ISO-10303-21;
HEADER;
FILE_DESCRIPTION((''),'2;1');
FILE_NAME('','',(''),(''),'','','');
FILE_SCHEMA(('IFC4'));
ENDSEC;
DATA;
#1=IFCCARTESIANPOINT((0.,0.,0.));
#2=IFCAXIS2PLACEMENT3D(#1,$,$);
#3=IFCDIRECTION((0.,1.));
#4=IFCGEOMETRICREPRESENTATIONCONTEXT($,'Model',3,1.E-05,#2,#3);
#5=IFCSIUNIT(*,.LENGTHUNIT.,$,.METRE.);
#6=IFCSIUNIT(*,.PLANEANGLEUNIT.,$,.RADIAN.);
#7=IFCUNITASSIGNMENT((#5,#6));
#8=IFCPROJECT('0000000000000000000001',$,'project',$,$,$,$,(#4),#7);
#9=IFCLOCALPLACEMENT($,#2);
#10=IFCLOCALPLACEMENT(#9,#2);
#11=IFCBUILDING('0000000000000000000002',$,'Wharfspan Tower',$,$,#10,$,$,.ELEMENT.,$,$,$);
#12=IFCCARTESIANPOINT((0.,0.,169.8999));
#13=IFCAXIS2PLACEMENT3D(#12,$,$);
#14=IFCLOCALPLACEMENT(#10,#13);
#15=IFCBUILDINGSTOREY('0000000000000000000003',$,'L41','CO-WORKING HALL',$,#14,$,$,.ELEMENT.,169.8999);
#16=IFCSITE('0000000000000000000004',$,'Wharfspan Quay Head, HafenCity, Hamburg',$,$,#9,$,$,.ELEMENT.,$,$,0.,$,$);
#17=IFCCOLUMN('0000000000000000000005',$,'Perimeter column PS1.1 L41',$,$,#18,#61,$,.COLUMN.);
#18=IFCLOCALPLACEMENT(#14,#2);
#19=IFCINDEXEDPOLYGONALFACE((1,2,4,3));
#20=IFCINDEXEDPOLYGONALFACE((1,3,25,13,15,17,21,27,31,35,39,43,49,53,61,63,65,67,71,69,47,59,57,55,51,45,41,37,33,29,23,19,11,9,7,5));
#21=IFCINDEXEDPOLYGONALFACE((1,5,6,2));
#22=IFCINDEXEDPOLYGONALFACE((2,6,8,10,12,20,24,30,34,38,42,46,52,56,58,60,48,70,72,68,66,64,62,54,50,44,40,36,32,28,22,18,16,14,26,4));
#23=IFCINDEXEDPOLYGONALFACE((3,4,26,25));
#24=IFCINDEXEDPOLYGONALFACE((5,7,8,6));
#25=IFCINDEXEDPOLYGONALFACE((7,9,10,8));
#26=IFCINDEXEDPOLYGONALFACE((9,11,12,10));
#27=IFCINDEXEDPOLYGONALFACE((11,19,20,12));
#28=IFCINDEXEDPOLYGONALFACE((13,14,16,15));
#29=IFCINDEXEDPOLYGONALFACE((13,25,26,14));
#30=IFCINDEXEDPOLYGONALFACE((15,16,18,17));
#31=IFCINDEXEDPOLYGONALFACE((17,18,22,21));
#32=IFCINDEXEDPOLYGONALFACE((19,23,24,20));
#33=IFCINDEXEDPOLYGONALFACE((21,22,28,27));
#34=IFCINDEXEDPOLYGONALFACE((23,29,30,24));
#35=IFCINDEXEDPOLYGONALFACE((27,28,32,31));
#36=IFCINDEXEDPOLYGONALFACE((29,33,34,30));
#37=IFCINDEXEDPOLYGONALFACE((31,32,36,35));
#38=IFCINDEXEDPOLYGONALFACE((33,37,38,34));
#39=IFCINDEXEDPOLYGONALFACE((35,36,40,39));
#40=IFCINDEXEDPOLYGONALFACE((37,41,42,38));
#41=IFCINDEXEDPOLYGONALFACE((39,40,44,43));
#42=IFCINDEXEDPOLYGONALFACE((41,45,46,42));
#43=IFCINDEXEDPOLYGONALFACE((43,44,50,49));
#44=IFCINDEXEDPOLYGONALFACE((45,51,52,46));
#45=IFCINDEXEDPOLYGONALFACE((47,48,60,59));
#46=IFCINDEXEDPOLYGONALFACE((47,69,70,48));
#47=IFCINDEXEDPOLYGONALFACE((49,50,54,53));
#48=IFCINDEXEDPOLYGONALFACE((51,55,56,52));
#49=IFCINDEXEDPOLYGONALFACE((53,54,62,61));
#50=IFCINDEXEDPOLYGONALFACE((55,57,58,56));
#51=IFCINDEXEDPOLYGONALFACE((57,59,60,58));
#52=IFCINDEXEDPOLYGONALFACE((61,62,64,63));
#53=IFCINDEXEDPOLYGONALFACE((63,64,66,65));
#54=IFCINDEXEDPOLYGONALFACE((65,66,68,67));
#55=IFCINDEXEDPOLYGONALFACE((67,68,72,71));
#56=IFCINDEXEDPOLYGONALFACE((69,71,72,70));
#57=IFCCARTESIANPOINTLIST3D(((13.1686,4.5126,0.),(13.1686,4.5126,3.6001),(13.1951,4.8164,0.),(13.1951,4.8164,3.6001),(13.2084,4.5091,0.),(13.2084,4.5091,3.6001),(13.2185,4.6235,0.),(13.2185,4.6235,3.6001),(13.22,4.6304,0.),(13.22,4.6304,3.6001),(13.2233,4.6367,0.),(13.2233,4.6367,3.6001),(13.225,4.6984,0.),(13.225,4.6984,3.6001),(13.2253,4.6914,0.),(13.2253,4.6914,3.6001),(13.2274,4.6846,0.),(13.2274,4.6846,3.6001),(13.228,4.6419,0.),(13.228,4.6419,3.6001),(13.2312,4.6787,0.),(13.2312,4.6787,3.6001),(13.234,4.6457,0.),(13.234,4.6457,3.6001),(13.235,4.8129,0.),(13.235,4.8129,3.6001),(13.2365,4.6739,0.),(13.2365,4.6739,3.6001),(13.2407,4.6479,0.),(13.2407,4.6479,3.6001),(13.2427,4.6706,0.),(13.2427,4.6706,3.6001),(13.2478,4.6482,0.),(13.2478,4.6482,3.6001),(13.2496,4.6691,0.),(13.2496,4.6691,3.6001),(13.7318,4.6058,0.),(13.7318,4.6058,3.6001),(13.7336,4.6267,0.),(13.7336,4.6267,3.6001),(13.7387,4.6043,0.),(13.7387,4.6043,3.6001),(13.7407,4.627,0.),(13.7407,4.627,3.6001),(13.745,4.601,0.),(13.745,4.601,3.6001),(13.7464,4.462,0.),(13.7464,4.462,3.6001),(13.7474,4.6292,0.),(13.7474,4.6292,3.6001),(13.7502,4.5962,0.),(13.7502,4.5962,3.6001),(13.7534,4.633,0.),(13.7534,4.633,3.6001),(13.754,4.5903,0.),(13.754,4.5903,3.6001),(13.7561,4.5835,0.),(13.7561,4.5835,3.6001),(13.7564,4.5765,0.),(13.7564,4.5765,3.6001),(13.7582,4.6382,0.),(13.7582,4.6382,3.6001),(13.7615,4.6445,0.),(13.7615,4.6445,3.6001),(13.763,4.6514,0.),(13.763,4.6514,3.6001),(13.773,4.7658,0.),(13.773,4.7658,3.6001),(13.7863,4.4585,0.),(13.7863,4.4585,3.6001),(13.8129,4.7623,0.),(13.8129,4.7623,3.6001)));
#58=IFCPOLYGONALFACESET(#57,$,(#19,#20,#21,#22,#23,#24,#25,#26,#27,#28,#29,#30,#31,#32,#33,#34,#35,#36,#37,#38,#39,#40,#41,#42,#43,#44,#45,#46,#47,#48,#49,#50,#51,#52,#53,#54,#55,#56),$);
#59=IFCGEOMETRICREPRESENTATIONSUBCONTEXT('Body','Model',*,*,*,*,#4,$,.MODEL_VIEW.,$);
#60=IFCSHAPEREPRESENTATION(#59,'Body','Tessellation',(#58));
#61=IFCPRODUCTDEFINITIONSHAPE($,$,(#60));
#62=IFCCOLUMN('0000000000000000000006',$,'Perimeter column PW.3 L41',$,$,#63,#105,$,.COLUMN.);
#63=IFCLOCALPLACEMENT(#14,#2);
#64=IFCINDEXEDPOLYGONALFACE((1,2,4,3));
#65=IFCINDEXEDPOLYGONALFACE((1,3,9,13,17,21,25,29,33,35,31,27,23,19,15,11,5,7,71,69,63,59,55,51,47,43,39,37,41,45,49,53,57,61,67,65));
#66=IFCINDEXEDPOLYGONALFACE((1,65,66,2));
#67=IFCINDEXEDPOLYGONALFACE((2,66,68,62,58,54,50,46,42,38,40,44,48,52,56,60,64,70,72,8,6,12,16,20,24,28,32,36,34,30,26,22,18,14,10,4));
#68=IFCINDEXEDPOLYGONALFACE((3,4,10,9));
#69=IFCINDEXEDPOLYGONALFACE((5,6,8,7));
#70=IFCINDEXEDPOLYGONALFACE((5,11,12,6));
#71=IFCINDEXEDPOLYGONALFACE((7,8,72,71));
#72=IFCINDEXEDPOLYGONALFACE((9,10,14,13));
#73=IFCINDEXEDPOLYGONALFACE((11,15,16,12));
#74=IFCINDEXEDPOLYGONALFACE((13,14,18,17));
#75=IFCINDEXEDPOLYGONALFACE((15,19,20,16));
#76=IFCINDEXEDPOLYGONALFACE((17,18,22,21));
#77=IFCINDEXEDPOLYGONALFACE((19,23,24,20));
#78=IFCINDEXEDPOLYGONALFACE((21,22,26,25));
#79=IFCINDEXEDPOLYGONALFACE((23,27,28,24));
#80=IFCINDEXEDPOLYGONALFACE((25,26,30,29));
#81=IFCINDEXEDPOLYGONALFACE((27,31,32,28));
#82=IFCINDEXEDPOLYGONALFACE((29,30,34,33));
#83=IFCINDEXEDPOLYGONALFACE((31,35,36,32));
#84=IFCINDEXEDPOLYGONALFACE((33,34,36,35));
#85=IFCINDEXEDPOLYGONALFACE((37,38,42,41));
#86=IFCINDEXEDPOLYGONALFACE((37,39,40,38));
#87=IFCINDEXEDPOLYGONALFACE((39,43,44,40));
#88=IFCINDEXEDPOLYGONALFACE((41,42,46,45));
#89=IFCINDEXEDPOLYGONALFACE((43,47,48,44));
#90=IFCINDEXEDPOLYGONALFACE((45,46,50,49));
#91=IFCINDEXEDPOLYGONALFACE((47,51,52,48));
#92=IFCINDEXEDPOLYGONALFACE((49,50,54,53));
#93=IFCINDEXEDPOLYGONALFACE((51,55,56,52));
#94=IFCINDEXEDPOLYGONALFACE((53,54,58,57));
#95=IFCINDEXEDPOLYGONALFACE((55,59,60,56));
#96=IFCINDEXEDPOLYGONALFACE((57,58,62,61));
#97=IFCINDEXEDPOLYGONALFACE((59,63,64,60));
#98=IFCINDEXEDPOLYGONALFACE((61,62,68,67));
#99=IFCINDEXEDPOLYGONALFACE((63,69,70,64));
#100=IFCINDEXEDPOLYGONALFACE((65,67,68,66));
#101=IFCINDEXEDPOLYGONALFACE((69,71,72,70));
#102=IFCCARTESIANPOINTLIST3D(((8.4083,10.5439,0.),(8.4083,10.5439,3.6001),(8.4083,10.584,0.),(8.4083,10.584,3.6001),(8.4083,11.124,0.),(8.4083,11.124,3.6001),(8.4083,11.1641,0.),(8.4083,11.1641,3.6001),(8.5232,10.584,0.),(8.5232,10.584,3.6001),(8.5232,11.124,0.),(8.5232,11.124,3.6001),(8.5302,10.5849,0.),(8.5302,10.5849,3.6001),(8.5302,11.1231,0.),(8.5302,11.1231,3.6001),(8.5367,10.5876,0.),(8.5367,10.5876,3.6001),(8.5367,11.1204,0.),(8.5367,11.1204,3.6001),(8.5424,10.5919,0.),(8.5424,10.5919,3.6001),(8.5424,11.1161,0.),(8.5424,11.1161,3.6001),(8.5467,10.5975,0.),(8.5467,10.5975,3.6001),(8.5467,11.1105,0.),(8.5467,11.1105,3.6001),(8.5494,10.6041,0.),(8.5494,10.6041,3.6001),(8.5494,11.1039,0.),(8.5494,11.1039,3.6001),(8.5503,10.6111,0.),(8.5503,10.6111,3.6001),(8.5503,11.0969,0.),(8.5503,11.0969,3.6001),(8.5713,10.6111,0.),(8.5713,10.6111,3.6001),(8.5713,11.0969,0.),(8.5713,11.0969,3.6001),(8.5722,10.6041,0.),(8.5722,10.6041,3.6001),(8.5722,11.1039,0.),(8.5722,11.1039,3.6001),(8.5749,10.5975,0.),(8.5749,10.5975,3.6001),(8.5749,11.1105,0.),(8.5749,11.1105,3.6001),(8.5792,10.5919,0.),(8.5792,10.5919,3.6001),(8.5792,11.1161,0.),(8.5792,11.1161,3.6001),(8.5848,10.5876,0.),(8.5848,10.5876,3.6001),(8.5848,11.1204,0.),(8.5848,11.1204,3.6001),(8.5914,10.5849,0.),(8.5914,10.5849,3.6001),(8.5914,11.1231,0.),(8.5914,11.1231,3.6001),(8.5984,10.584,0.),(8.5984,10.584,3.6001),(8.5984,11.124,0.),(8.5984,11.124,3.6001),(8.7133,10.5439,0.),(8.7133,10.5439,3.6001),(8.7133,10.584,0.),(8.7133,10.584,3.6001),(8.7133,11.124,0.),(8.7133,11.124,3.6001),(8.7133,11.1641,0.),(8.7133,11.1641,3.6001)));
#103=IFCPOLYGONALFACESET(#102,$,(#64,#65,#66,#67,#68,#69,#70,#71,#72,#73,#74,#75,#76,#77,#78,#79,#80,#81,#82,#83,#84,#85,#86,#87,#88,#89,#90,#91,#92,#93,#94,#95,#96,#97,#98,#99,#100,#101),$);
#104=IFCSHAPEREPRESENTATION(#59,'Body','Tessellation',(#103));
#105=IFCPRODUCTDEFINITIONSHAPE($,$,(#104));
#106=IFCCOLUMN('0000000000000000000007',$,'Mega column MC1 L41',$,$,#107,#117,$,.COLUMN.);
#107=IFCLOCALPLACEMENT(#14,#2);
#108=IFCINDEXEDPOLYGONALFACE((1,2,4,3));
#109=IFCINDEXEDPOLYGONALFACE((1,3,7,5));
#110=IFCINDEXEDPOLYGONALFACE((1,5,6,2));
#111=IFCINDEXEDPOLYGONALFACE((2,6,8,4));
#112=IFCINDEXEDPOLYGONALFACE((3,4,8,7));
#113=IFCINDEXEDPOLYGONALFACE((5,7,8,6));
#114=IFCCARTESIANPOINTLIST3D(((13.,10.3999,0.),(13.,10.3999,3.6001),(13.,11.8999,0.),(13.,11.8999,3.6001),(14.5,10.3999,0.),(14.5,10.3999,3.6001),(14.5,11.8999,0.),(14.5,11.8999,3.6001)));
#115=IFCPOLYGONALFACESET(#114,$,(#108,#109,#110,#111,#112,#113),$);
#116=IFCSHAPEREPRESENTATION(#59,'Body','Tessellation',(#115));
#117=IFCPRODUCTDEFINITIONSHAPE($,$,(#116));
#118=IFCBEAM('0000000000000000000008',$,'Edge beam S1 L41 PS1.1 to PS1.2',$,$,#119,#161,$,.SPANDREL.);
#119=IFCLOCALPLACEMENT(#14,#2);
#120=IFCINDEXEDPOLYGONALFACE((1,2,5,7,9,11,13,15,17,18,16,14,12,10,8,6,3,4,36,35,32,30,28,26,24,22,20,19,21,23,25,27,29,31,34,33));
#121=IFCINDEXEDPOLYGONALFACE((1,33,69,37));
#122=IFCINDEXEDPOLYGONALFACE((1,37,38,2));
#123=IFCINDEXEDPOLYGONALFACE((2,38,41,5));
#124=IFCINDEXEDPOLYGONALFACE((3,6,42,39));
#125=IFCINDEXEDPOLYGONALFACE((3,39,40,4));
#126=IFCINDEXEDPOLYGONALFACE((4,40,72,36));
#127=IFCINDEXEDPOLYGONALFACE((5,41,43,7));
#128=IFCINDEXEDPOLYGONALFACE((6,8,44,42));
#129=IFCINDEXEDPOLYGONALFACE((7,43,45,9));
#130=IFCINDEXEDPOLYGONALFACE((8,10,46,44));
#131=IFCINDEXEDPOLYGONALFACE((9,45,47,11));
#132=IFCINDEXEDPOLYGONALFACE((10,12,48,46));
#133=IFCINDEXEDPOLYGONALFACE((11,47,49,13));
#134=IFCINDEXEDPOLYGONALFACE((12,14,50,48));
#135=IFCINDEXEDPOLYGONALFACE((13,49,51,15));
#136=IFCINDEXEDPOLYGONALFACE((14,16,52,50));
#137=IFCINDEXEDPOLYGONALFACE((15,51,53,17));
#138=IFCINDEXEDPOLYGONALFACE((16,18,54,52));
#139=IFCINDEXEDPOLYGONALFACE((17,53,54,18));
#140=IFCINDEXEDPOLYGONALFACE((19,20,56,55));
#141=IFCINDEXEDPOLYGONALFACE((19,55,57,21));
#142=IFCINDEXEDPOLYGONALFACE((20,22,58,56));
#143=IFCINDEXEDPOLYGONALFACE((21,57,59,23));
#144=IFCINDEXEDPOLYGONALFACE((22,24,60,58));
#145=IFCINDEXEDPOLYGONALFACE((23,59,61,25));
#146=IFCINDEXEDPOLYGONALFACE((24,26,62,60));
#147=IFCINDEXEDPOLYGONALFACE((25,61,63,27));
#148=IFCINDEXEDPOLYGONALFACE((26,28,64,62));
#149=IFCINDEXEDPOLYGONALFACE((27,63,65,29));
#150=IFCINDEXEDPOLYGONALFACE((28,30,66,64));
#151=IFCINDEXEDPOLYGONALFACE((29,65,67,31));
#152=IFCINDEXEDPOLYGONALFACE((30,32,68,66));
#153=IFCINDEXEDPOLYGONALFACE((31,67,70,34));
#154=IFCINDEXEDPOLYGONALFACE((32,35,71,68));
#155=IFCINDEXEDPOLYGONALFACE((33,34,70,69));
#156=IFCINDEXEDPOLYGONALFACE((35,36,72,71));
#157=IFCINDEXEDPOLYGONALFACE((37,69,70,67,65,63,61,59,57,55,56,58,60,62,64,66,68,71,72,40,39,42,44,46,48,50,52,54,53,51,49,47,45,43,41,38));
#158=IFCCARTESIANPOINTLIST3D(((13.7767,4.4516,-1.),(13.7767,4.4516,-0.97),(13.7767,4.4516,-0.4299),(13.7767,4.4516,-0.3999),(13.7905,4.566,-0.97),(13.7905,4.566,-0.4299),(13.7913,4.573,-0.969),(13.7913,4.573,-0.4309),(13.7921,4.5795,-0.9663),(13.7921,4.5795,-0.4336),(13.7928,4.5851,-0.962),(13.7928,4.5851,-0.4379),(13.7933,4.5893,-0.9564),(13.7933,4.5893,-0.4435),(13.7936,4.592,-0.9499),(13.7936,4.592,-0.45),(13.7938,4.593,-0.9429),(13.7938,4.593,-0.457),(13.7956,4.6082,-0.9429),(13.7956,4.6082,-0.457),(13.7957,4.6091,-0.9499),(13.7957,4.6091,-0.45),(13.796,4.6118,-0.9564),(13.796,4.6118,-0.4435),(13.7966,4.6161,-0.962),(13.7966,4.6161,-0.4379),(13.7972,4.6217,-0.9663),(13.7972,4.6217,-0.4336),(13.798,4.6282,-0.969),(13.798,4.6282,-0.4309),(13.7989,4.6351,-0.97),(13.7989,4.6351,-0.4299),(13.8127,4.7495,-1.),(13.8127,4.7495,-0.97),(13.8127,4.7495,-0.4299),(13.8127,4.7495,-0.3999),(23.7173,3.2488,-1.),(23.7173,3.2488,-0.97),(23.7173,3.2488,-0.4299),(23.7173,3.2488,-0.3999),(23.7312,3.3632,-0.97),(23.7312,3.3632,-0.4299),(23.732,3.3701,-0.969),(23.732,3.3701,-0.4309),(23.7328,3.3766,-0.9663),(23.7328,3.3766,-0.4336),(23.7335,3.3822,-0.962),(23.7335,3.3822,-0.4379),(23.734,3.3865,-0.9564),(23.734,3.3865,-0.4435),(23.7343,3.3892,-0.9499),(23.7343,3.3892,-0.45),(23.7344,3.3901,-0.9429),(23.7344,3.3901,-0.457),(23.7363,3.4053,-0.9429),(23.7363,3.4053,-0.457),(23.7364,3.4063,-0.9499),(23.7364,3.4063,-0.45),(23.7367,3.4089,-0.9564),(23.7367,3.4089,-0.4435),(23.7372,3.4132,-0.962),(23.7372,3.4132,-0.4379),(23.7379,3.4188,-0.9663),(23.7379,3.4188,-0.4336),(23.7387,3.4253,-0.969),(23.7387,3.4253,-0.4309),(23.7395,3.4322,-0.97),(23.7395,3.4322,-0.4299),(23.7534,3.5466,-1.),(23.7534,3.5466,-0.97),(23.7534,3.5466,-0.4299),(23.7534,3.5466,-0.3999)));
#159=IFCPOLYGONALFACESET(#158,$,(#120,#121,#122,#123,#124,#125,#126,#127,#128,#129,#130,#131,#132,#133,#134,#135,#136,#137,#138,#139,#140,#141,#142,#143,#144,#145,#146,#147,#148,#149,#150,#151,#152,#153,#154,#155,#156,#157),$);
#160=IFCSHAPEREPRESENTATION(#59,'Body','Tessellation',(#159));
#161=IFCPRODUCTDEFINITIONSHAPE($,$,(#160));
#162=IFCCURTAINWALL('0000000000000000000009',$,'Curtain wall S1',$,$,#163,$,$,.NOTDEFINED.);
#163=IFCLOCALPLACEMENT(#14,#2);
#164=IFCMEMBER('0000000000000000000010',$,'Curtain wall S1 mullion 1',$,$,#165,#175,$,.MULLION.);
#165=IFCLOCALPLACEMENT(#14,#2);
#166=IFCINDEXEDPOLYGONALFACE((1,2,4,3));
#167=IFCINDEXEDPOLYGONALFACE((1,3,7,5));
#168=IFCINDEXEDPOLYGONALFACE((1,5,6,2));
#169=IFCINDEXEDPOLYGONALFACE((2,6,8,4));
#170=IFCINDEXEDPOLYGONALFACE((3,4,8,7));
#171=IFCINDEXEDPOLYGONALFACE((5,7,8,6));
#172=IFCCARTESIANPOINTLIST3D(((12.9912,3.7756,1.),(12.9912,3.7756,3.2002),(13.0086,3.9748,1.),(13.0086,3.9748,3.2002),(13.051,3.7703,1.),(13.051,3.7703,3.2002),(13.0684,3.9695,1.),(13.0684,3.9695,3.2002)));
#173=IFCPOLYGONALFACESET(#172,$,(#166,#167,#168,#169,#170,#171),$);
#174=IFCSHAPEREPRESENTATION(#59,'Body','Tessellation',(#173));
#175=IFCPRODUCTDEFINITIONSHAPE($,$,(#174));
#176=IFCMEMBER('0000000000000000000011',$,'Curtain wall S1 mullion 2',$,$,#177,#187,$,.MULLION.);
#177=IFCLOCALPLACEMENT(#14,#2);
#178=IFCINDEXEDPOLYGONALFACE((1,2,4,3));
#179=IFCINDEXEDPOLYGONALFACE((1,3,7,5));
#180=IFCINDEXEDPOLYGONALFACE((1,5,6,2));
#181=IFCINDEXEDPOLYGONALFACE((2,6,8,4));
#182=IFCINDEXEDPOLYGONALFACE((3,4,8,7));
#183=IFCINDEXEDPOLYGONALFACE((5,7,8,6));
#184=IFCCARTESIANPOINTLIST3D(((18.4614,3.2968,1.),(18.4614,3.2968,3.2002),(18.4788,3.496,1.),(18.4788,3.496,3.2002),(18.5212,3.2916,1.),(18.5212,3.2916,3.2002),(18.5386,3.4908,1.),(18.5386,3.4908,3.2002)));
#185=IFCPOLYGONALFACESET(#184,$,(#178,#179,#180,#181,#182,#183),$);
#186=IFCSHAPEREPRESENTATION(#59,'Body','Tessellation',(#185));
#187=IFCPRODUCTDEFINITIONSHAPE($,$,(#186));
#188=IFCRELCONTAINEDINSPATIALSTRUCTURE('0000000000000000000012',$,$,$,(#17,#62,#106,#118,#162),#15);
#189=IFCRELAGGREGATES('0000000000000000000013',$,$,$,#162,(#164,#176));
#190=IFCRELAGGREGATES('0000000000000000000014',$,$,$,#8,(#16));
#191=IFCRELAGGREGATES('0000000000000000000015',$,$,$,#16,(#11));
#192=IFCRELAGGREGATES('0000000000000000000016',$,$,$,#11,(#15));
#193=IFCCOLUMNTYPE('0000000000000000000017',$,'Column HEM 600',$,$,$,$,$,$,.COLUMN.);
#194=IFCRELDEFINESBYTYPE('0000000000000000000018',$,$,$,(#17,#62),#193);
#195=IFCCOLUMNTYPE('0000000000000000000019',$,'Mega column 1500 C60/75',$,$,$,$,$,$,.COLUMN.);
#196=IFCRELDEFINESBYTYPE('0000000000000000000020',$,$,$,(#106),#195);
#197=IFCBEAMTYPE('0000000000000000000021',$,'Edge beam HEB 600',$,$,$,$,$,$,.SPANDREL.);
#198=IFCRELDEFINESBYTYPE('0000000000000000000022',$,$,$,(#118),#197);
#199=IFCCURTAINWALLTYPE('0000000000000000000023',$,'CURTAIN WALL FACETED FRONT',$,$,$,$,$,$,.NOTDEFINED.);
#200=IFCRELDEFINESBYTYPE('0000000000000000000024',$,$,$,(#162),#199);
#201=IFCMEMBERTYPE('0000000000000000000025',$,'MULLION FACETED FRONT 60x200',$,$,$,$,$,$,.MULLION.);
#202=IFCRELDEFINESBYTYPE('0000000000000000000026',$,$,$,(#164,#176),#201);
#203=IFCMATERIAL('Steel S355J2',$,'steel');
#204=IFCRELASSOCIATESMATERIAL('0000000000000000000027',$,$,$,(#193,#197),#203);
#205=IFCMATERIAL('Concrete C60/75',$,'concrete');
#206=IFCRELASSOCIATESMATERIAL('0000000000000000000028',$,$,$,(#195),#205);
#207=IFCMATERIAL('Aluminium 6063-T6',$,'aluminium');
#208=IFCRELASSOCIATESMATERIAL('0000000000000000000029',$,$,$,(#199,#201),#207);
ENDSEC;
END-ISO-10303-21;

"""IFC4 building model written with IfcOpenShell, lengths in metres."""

from ifc_helpers import new_model, si_unit, direction, frame, origin, origin_2d, place, context, subcontext, project, spatial, rectangle, i_section, extrude, material, material_profile, profile_set, type_object, element, aggregate, save


model = new_model("IFC4")

# Units and contexts
model_context = context("Model", 3, precision=1e-05, world=origin(), true_north=direction((0.0, 1.0)))
body_context = subcontext(model_context, "Body", "Model", "MODEL_VIEW")
ifc_project = project(units=[si_unit("LENGTHUNIT", "METRE"), si_unit("PLANEANGLEUNIT", "RADIAN")], contexts=[model_context])

# Site, building, storey
site_placement = place(None, origin())
site = spatial("IfcSite", under=ifc_project, at=site_placement, Name="Wharfspan Quay Head, HafenCity, Hamburg", CompositionType="ELEMENT", RefElevation=0.0)
building_placement = place(site_placement, origin())
building = spatial("IfcBuilding", under=site, at=building_placement, Name="Wharfspan Tower", CompositionType="ELEMENT")
storey_placement = place(building_placement, frame((0.0, 0.0, 169.8999)))
storey = spatial("IfcBuildingStorey", under=building, at=storey_placement, Name="L41", Description="CO-WORKING HALL", CompositionType="ELEMENT", Elevation=169.8999)

# Columns
ifc_material_1 = material(Name="Steel S355J2", Category="steel")
ifc_material_profile_1 = material_profile(ifc_material_1, i_section(OverallWidth=0.3049, OverallDepth=0.6201, WebThickness=0.021, FlangeThickness=0.04, FilletRadius=0.0271, at=origin_2d()))
ifc_profile_set_1 = profile_set([ifc_material_profile_1], Name="Steel S355J2")
column_type_1 = type_object("IfcColumnType", Name="Column HEM 600", PredefinedType="COLUMN", material=ifc_profile_set_1)
for number, where, z_axis, x_axis, name in (
    (1, (13.4907, 4.6375, 0.0), (0.0, 0.0, 1.0), (-0.087156, -0.996198, 0.0), "Perimeter column PS1.1 L41"),
    (2, (8.5608, 10.854, 0.0), (0.0, 0.0, 1.0), (-1.0, 0.0, 0.0), "Perimeter column PW.3 L41"),
):
    element("IfcColumn", number, at=place(storey_placement, frame(where, z_axis=z_axis, x_axis=x_axis)), inside=storey, type_object=column_type_1, Name=name, PredefinedType="COLUMN", context=body_context, shape_type="SweptSolid", body=[
        extrude(i_section(OverallWidth=0.3049, OverallDepth=0.6201, WebThickness=0.021, FlangeThickness=0.04, FilletRadius=0.0271, at=origin_2d()), origin(), (0.0, 0.0, 1.0), 3.6001),
    ])
ifc_material_2 = material(Name="Concrete C60/75", Category="concrete")
ifc_material_profile_2 = material_profile(ifc_material_2, rectangle(XDim=1.5, YDim=1.5, at=origin_2d()))
ifc_profile_set_2 = profile_set([ifc_material_profile_2], Name="Concrete C60/75")
column_type_2 = type_object("IfcColumnType", Name="Mega column 1500 C60/75", PredefinedType="COLUMN", material=ifc_profile_set_2)
column_placement = place(storey_placement, frame((13.75, 11.1499, 0.0), z_axis=(0.0, 0.0, 1.0), x_axis=(1.0, 0.0, 0.0)))
element("IfcColumn", 3, at=column_placement, inside=storey, type_object=column_type_2, Name="Mega column MC1 L41", PredefinedType="COLUMN", context=body_context, shape_type="SweptSolid", body=[
    extrude(rectangle(XDim=1.5, YDim=1.5, at=origin_2d()), origin(), (0.0, 0.0, 1.0), 3.6001),
])

# Beam
ifc_material_profile_3 = material_profile(ifc_material_1, i_section(OverallWidth=0.3, OverallDepth=0.6001, WebThickness=0.0154, FlangeThickness=0.03, FilletRadius=0.0271, at=origin_2d()))
ifc_profile_set_3 = profile_set([ifc_material_profile_3], Name="Steel S355J2")
beam_type = type_object("IfcBeamType", Name="Edge beam HEB 600", PredefinedType="SPANDREL", material=ifc_profile_set_3)
beam_placement = place(storey_placement, frame((13.7947, 4.6006, -0.7), z_axis=(0.992758, -0.12013, 0.0), x_axis=(0.12013, 0.992758, 0.0)))
element("IfcBeam", 4, at=beam_placement, inside=storey, type_object=beam_type, Name="Edge beam S1 L41 PS1.1 to PS1.2", PredefinedType="SPANDREL", context=body_context, shape_type="SweptSolid", body=[
    extrude(i_section(OverallWidth=0.3, OverallDepth=0.6001, WebThickness=0.0154, FlangeThickness=0.03, FilletRadius=0.0271, at=origin_2d()), origin(), (0.0, 0.0, 1.0), 10.0132),
])

# Curtain wall, members
ifc_material_3 = material(Name="Aluminium 6063-T6", Category="aluminium")
curtain_wall_type_1 = type_object("IfcCurtainWallType", Name="CURTAIN WALL FACETED FRONT", PredefinedType="NOTDEFINED", material=ifc_material_3)
curtain_wall_1_placement = place(storey_placement, origin())
curtain_wall_1 = element("IfcCurtainWall", 5, at=curtain_wall_1_placement, inside=storey, type_object=curtain_wall_type_1, Name="Curtain wall S1", PredefinedType="NOTDEFINED")
ifc_material_profile_4 = material_profile(ifc_material_3, rectangle(XDim=0.2, YDim=0.0601, at=origin_2d()))
ifc_profile_set_4 = profile_set([ifc_material_profile_4], Name="Aluminium 6063-T6")
member_type_1 = type_object("IfcMemberType", Name="MULLION FACETED FRONT 60x200", PredefinedType="MULLION", material=ifc_profile_set_4)
member_1_placement = place(storey_placement, frame((13.0298, 3.8726, 1.0), z_axis=(0.0, 0.0, 1.0), x_axis=(0.087156, 0.996198, 0.0)))
member_1 = element("IfcMember", 6, at=member_1_placement, type_object=member_type_1, Name="Curtain wall S1 mullion 1", PredefinedType="MULLION", context=body_context, shape_type="SweptSolid", body=[
    extrude(rectangle(XDim=0.2, YDim=0.0601, at=origin_2d()), origin(), (0.0, 0.0, 1.0), 2.2002),
])
member_2_placement = place(storey_placement, frame((18.5, 3.3938, 1.0), z_axis=(0.0, 0.0, 1.0), x_axis=(0.087156, 0.996198, 0.0)))
member_2 = element("IfcMember", 7, at=member_2_placement, type_object=member_type_1, Name="Curtain wall S1 mullion 2", PredefinedType="MULLION", context=body_context, shape_type="SweptSolid", body=[
    extrude(rectangle(XDim=0.2, YDim=0.0601, at=origin_2d()), origin(), (0.0, 0.0, 1.0), 2.2002),
])

aggregate(curtain_wall_1, [member_1, member_2])

save(model, "model.ifc")
